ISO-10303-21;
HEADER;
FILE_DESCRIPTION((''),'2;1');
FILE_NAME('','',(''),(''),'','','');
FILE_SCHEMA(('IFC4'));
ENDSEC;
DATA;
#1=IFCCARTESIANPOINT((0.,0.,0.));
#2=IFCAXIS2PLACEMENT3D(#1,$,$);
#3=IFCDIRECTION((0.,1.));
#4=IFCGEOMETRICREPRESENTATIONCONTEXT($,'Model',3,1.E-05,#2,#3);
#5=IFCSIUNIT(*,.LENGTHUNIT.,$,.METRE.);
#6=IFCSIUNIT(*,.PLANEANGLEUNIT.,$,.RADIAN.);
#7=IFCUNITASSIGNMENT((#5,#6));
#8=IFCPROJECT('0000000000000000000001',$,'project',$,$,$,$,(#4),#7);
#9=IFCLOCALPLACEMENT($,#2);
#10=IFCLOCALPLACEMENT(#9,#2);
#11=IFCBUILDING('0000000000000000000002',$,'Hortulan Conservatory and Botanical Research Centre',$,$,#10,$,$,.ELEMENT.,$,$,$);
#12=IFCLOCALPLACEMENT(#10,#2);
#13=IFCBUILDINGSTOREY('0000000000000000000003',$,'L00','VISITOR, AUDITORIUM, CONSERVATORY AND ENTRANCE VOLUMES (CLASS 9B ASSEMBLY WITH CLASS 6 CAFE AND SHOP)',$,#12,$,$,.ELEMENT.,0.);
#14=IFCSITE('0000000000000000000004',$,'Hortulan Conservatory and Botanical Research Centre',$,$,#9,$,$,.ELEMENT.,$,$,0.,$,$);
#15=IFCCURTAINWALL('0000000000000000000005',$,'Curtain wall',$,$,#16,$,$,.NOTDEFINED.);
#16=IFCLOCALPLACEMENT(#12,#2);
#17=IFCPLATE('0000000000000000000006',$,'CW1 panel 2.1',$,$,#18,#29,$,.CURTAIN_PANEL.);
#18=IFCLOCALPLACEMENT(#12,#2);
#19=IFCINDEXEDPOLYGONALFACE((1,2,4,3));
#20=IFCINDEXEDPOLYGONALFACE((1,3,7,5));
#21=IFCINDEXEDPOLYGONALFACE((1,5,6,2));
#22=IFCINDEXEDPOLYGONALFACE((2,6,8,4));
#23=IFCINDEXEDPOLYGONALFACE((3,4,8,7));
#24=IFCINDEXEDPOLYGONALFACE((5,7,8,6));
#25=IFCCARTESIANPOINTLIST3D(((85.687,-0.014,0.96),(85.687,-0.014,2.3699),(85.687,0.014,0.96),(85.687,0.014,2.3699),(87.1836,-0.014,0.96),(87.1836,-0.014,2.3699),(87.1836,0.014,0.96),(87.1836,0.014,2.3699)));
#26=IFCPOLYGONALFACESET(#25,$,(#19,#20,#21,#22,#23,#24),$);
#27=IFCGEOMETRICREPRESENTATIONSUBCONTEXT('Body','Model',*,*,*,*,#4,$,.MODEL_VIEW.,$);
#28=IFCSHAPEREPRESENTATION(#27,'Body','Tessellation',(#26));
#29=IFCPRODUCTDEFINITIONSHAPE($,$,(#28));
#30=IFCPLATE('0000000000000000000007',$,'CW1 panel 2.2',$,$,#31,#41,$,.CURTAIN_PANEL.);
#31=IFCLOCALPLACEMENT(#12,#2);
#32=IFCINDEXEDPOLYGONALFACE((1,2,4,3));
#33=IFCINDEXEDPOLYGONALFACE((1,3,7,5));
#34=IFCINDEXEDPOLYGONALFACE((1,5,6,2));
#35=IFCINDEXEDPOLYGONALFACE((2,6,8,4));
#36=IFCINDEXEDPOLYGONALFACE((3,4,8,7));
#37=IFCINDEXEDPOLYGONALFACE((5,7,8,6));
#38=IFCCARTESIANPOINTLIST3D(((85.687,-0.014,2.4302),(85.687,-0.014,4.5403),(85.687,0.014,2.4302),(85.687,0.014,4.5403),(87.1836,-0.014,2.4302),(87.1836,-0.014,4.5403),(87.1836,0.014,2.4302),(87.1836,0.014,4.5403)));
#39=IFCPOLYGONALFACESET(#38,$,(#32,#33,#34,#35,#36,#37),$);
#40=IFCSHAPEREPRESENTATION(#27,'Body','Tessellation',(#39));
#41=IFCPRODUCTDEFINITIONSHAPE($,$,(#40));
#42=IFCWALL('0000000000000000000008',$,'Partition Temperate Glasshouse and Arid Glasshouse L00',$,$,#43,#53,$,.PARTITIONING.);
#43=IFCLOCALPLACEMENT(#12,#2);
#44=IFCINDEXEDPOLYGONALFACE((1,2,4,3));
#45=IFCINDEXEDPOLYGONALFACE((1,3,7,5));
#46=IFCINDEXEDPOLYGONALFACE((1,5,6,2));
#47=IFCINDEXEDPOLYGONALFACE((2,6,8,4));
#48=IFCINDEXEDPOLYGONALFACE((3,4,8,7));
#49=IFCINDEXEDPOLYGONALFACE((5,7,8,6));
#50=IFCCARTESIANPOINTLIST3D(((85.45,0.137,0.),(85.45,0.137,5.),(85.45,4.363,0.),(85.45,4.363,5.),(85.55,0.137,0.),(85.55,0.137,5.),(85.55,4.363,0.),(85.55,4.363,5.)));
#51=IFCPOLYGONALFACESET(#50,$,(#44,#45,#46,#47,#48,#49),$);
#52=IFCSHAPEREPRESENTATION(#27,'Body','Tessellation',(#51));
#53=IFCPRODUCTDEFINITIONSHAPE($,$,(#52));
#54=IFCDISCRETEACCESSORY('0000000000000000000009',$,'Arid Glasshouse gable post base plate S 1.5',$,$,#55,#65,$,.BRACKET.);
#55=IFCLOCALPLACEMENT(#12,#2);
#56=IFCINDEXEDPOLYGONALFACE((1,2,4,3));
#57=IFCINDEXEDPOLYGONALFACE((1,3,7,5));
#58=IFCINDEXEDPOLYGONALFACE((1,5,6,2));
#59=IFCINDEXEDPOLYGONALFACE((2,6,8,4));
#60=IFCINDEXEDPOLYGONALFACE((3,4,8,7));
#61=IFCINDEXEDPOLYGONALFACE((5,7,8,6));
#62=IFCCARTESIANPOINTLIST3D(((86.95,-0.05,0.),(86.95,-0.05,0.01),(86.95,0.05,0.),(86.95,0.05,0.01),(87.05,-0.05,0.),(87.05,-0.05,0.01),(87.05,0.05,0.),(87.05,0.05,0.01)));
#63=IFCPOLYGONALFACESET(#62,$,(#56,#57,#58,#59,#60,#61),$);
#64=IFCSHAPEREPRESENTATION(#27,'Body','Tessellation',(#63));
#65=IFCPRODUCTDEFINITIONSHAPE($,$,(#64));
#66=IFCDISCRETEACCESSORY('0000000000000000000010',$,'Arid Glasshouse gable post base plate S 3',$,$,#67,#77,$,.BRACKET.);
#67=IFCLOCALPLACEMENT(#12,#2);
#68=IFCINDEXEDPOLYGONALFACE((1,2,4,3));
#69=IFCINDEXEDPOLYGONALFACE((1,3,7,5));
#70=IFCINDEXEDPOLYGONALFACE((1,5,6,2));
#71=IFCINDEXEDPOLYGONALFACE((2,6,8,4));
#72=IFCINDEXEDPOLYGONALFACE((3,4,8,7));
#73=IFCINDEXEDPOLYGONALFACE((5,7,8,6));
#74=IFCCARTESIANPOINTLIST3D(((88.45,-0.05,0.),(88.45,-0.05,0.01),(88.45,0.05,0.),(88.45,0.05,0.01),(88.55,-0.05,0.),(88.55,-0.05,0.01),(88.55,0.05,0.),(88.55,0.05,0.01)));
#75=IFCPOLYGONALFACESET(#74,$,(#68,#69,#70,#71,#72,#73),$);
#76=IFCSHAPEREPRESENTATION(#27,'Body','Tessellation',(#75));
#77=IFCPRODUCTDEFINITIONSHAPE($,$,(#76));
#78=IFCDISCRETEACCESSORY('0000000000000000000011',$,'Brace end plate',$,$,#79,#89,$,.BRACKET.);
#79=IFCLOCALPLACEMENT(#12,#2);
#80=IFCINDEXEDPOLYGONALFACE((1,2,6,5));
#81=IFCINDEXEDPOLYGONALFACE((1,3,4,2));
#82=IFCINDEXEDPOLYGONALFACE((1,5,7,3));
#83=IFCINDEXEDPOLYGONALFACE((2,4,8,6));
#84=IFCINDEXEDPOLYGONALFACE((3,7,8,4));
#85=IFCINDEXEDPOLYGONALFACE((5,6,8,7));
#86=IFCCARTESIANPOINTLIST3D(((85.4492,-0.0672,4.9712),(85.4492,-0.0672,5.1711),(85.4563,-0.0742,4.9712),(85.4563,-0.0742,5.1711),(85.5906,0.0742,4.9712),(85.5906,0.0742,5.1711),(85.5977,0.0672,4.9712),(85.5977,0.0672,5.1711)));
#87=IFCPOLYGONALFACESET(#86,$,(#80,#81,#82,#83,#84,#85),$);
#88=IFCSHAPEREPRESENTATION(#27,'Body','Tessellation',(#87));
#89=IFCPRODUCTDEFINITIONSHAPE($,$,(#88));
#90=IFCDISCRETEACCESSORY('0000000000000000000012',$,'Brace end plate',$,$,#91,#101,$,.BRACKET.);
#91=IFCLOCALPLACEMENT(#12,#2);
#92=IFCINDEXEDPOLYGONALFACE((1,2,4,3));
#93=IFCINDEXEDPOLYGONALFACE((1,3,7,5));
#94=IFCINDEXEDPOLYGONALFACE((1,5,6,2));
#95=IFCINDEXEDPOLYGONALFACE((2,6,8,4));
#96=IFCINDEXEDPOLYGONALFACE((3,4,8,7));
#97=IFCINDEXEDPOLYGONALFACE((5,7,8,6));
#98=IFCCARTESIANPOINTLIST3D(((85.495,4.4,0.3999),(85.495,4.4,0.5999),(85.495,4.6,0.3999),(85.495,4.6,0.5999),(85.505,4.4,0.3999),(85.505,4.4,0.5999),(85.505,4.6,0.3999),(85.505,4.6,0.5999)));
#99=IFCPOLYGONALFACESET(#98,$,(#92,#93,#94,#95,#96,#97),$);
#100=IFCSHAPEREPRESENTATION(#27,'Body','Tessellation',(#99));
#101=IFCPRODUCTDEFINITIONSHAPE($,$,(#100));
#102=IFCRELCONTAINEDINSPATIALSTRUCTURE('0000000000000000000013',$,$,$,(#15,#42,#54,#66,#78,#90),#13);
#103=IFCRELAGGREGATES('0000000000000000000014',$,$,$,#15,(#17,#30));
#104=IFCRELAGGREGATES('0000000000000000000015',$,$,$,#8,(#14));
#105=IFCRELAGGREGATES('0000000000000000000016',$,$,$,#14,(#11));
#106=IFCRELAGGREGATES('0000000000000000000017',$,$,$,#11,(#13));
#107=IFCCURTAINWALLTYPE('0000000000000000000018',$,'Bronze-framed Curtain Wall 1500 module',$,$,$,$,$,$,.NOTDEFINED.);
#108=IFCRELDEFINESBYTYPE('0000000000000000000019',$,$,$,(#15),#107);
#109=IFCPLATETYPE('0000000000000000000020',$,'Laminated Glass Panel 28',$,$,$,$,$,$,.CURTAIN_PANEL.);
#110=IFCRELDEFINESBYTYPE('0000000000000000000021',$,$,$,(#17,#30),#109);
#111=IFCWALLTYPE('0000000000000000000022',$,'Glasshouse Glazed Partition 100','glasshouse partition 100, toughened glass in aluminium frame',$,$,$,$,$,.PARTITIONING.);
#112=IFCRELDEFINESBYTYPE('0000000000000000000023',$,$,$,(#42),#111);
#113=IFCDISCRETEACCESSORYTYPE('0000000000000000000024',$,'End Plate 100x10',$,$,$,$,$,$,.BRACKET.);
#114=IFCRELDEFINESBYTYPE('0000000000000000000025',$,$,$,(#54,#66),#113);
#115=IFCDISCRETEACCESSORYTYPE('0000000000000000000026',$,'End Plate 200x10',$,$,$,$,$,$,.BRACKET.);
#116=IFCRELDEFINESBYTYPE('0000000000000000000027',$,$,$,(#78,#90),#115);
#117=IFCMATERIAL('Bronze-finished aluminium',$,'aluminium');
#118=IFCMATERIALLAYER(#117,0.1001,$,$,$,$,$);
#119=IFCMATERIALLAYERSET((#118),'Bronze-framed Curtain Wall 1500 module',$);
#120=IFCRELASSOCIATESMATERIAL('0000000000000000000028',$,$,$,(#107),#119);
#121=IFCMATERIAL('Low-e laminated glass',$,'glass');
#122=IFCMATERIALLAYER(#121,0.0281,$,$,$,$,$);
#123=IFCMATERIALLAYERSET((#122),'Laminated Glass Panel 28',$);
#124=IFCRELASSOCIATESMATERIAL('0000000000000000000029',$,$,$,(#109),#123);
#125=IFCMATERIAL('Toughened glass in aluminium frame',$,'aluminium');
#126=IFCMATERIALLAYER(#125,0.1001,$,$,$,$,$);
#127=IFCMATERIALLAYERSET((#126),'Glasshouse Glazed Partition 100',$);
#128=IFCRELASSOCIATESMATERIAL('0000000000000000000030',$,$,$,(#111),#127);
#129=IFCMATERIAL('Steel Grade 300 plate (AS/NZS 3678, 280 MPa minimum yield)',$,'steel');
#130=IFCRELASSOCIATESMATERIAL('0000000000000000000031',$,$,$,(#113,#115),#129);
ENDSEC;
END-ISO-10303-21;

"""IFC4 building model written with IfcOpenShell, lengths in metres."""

from ifc_helpers import new_model, si_unit, direction, frame, frame_2d, origin, origin_2d, place, context, subcontext, project, spatial, rectangle, extrude, material, layer, layer_set, type_object, element, aggregate, save


model = new_model("IFC4")

# Units and contexts
model_context = context("Model", 3, precision=1e-05, world=origin(), true_north=direction((0.0, 1.0)))
body_context = subcontext(model_context, "Body", "Model", "MODEL_VIEW")
ifc_project = project(units=[si_unit("LENGTHUNIT", "METRE"), si_unit("PLANEANGLEUNIT", "RADIAN")], contexts=[model_context])

# Site, building, storey
site_placement = place(None, origin())
site = spatial("IfcSite", under=ifc_project, at=site_placement, Name="Hortulan Conservatory and Botanical Research Centre", CompositionType="ELEMENT", RefElevation=0.0)
building_placement = place(site_placement, origin())
building = spatial("IfcBuilding", under=site, at=building_placement, Name="Hortulan Conservatory and Botanical Research Centre", CompositionType="ELEMENT")
storey_placement = place(building_placement, origin())
storey = spatial("IfcBuildingStorey", under=building, at=storey_placement, Name="L00", Description="VISITOR, AUDITORIUM, CONSERVATORY AND ENTRANCE VOLUMES (CLASS 9B ASSEMBLY WITH CLASS 6 CAFE AND SHOP)", CompositionType="ELEMENT", Elevation=0.0)

# Curtain wall
ifc_material_1 = material(Name="Bronze-finished aluminium", Category="aluminium")
ifc_layer_1 = layer(ifc_material_1, 0.1001)
ifc_layer_set_1 = layer_set([ifc_layer_1], Name="Bronze-framed Curtain Wall 1500 module")
curtain_wall_type = type_object("IfcCurtainWallType", Name="Bronze-framed Curtain Wall 1500 module", PredefinedType="NOTDEFINED", material=ifc_layer_set_1)
curtain_wall_placement = place(storey_placement, origin())
curtain_wall = element("IfcCurtainWall", 1, at=curtain_wall_placement, inside=storey, type_object=curtain_wall_type, Name="Curtain wall", PredefinedType="NOTDEFINED")

# Shared definitions
ifc_material_2 = material(Name="Low-e laminated glass", Category="glass")

# Plates
ifc_layer_2 = layer(ifc_material_2, 0.0281)
ifc_layer_set_2 = layer_set([ifc_layer_2], Name="Laminated Glass Panel 28")
plate_type_1 = type_object("IfcPlateType", Name="Laminated Glass Panel 28", PredefinedType="CURTAIN_PANEL", material=ifc_layer_set_2)
plate_1_placement = place(storey_placement, frame((86.4353, 0.0, 0.96), z_axis=(0.0, 0.0, 1.0), x_axis=(-1.0, 0.0, 0.0)))
plate_1 = element("IfcPlate", 2, at=plate_1_placement, type_object=plate_type_1, Name="CW1 panel 2.1", PredefinedType="CURTAIN_PANEL", context=body_context, shape_type="SweptSolid", body=[
    extrude(rectangle(XDim=1.4966, YDim=0.0281, at=origin_2d()), origin(), (0.0, 0.0, 1.0), 1.4099),
])
plate_2_placement = place(storey_placement, frame((86.4353, 0.0, 2.4302), z_axis=(0.0, 0.0, 1.0), x_axis=(-1.0, 0.0, 0.0)))
plate_2 = element("IfcPlate", 3, at=plate_2_placement, type_object=plate_type_1, Name="CW1 panel 2.2", PredefinedType="CURTAIN_PANEL", context=body_context, shape_type="SweptSolid", body=[
    extrude(rectangle(XDim=1.4966, YDim=0.0281, at=origin_2d()), origin(), (0.0, 0.0, 1.0), 2.1101),
])
aggregate(curtain_wall, [plate_1, plate_2])

# Wall
ifc_material_3 = material(Name="Toughened glass in aluminium frame", Category="aluminium")
ifc_layer_3 = layer(ifc_material_3, 0.1001)
ifc_layer_set_3 = layer_set([ifc_layer_3], Name="Glasshouse Glazed Partition 100")
wall_type = type_object("IfcWallType", Name="Glasshouse Glazed Partition 100", Description="glasshouse partition 100, toughened glass in aluminium frame", PredefinedType="PARTITIONING", material=ifc_layer_set_3)
wall_placement = place(storey_placement, frame((85.5, 0.137, 0.0), z_axis=(0.0, 0.0, 1.0), x_axis=(0.0, 1.0, 0.0)))
element("IfcWall", 4, at=wall_placement, inside=storey, type_object=wall_type, Name="Partition Temperate Glasshouse and Arid Glasshouse L00", PredefinedType="PARTITIONING", context=body_context, shape_type="SweptSolid", body=[
    extrude(rectangle(XDim=4.2261, YDim=0.1001, at=frame_2d((2.113, 0.0))), origin(), (0.0, 0.0, 1.0), 5.0),
])

# Discrete accessories
ifc_material_4 = material(Name="Steel Grade 300 plate (AS/NZS 3678, 280 MPa minimum yield)", Category="steel")
discrete_accessory_type_1 = type_object("IfcDiscreteAccessoryType", Name="End Plate 100x10", PredefinedType="BRACKET", material=ifc_material_4)
for number, where, z_axis, x_axis, name in (
    (5, (87.0, 0.0, 0.0), (0.0, 0.0, 1.0), (1.0, 0.0, 0.0), "Arid Glasshouse gable post base plate S 1.5"),
    (6, (88.5, 0.0, 0.0), (0.0, 0.0, 1.0), (1.0, 0.0, 0.0), "Arid Glasshouse gable post base plate S 3"),
):
    element("IfcDiscreteAccessory", number, at=place(storey_placement, frame(where, z_axis=z_axis, x_axis=x_axis)), inside=storey, type_object=discrete_accessory_type_1, Name=name, PredefinedType="BRACKET", context=body_context, shape_type="SweptSolid", body=[
        extrude(rectangle(XDim=0.1001, YDim=0.1001, at=origin_2d()), origin(), (0.0, 0.0, 1.0), 0.01),
    ])
discrete_accessory_type_2 = type_object("IfcDiscreteAccessoryType", Name="End Plate 200x10", PredefinedType="BRACKET", material=ifc_material_4)
for number, where, z_axis, x_axis, name in (
    (7, (85.5234, 0.0, 4.9712), (0.0, 0.0, 1.0), (0.707107, 0.707107, 0.0), "Brace end plate"),
    (8, (85.5, 4.5, 0.3999), (0.0, 0.0, 1.0), (0.0, -1.0, 0.0), "Brace end plate"),
):
    element("IfcDiscreteAccessory", number, at=place(storey_placement, frame(where, z_axis=z_axis, x_axis=x_axis)), inside=storey, type_object=discrete_accessory_type_2, Name=name, PredefinedType="BRACKET", context=body_context, shape_type="SweptSolid", body=[
        extrude(rectangle(XDim=0.2, YDim=0.01, at=origin_2d()), origin(), (0.0, 0.0, 1.0), 0.2),
    ])

save(model, "model.ifc")
